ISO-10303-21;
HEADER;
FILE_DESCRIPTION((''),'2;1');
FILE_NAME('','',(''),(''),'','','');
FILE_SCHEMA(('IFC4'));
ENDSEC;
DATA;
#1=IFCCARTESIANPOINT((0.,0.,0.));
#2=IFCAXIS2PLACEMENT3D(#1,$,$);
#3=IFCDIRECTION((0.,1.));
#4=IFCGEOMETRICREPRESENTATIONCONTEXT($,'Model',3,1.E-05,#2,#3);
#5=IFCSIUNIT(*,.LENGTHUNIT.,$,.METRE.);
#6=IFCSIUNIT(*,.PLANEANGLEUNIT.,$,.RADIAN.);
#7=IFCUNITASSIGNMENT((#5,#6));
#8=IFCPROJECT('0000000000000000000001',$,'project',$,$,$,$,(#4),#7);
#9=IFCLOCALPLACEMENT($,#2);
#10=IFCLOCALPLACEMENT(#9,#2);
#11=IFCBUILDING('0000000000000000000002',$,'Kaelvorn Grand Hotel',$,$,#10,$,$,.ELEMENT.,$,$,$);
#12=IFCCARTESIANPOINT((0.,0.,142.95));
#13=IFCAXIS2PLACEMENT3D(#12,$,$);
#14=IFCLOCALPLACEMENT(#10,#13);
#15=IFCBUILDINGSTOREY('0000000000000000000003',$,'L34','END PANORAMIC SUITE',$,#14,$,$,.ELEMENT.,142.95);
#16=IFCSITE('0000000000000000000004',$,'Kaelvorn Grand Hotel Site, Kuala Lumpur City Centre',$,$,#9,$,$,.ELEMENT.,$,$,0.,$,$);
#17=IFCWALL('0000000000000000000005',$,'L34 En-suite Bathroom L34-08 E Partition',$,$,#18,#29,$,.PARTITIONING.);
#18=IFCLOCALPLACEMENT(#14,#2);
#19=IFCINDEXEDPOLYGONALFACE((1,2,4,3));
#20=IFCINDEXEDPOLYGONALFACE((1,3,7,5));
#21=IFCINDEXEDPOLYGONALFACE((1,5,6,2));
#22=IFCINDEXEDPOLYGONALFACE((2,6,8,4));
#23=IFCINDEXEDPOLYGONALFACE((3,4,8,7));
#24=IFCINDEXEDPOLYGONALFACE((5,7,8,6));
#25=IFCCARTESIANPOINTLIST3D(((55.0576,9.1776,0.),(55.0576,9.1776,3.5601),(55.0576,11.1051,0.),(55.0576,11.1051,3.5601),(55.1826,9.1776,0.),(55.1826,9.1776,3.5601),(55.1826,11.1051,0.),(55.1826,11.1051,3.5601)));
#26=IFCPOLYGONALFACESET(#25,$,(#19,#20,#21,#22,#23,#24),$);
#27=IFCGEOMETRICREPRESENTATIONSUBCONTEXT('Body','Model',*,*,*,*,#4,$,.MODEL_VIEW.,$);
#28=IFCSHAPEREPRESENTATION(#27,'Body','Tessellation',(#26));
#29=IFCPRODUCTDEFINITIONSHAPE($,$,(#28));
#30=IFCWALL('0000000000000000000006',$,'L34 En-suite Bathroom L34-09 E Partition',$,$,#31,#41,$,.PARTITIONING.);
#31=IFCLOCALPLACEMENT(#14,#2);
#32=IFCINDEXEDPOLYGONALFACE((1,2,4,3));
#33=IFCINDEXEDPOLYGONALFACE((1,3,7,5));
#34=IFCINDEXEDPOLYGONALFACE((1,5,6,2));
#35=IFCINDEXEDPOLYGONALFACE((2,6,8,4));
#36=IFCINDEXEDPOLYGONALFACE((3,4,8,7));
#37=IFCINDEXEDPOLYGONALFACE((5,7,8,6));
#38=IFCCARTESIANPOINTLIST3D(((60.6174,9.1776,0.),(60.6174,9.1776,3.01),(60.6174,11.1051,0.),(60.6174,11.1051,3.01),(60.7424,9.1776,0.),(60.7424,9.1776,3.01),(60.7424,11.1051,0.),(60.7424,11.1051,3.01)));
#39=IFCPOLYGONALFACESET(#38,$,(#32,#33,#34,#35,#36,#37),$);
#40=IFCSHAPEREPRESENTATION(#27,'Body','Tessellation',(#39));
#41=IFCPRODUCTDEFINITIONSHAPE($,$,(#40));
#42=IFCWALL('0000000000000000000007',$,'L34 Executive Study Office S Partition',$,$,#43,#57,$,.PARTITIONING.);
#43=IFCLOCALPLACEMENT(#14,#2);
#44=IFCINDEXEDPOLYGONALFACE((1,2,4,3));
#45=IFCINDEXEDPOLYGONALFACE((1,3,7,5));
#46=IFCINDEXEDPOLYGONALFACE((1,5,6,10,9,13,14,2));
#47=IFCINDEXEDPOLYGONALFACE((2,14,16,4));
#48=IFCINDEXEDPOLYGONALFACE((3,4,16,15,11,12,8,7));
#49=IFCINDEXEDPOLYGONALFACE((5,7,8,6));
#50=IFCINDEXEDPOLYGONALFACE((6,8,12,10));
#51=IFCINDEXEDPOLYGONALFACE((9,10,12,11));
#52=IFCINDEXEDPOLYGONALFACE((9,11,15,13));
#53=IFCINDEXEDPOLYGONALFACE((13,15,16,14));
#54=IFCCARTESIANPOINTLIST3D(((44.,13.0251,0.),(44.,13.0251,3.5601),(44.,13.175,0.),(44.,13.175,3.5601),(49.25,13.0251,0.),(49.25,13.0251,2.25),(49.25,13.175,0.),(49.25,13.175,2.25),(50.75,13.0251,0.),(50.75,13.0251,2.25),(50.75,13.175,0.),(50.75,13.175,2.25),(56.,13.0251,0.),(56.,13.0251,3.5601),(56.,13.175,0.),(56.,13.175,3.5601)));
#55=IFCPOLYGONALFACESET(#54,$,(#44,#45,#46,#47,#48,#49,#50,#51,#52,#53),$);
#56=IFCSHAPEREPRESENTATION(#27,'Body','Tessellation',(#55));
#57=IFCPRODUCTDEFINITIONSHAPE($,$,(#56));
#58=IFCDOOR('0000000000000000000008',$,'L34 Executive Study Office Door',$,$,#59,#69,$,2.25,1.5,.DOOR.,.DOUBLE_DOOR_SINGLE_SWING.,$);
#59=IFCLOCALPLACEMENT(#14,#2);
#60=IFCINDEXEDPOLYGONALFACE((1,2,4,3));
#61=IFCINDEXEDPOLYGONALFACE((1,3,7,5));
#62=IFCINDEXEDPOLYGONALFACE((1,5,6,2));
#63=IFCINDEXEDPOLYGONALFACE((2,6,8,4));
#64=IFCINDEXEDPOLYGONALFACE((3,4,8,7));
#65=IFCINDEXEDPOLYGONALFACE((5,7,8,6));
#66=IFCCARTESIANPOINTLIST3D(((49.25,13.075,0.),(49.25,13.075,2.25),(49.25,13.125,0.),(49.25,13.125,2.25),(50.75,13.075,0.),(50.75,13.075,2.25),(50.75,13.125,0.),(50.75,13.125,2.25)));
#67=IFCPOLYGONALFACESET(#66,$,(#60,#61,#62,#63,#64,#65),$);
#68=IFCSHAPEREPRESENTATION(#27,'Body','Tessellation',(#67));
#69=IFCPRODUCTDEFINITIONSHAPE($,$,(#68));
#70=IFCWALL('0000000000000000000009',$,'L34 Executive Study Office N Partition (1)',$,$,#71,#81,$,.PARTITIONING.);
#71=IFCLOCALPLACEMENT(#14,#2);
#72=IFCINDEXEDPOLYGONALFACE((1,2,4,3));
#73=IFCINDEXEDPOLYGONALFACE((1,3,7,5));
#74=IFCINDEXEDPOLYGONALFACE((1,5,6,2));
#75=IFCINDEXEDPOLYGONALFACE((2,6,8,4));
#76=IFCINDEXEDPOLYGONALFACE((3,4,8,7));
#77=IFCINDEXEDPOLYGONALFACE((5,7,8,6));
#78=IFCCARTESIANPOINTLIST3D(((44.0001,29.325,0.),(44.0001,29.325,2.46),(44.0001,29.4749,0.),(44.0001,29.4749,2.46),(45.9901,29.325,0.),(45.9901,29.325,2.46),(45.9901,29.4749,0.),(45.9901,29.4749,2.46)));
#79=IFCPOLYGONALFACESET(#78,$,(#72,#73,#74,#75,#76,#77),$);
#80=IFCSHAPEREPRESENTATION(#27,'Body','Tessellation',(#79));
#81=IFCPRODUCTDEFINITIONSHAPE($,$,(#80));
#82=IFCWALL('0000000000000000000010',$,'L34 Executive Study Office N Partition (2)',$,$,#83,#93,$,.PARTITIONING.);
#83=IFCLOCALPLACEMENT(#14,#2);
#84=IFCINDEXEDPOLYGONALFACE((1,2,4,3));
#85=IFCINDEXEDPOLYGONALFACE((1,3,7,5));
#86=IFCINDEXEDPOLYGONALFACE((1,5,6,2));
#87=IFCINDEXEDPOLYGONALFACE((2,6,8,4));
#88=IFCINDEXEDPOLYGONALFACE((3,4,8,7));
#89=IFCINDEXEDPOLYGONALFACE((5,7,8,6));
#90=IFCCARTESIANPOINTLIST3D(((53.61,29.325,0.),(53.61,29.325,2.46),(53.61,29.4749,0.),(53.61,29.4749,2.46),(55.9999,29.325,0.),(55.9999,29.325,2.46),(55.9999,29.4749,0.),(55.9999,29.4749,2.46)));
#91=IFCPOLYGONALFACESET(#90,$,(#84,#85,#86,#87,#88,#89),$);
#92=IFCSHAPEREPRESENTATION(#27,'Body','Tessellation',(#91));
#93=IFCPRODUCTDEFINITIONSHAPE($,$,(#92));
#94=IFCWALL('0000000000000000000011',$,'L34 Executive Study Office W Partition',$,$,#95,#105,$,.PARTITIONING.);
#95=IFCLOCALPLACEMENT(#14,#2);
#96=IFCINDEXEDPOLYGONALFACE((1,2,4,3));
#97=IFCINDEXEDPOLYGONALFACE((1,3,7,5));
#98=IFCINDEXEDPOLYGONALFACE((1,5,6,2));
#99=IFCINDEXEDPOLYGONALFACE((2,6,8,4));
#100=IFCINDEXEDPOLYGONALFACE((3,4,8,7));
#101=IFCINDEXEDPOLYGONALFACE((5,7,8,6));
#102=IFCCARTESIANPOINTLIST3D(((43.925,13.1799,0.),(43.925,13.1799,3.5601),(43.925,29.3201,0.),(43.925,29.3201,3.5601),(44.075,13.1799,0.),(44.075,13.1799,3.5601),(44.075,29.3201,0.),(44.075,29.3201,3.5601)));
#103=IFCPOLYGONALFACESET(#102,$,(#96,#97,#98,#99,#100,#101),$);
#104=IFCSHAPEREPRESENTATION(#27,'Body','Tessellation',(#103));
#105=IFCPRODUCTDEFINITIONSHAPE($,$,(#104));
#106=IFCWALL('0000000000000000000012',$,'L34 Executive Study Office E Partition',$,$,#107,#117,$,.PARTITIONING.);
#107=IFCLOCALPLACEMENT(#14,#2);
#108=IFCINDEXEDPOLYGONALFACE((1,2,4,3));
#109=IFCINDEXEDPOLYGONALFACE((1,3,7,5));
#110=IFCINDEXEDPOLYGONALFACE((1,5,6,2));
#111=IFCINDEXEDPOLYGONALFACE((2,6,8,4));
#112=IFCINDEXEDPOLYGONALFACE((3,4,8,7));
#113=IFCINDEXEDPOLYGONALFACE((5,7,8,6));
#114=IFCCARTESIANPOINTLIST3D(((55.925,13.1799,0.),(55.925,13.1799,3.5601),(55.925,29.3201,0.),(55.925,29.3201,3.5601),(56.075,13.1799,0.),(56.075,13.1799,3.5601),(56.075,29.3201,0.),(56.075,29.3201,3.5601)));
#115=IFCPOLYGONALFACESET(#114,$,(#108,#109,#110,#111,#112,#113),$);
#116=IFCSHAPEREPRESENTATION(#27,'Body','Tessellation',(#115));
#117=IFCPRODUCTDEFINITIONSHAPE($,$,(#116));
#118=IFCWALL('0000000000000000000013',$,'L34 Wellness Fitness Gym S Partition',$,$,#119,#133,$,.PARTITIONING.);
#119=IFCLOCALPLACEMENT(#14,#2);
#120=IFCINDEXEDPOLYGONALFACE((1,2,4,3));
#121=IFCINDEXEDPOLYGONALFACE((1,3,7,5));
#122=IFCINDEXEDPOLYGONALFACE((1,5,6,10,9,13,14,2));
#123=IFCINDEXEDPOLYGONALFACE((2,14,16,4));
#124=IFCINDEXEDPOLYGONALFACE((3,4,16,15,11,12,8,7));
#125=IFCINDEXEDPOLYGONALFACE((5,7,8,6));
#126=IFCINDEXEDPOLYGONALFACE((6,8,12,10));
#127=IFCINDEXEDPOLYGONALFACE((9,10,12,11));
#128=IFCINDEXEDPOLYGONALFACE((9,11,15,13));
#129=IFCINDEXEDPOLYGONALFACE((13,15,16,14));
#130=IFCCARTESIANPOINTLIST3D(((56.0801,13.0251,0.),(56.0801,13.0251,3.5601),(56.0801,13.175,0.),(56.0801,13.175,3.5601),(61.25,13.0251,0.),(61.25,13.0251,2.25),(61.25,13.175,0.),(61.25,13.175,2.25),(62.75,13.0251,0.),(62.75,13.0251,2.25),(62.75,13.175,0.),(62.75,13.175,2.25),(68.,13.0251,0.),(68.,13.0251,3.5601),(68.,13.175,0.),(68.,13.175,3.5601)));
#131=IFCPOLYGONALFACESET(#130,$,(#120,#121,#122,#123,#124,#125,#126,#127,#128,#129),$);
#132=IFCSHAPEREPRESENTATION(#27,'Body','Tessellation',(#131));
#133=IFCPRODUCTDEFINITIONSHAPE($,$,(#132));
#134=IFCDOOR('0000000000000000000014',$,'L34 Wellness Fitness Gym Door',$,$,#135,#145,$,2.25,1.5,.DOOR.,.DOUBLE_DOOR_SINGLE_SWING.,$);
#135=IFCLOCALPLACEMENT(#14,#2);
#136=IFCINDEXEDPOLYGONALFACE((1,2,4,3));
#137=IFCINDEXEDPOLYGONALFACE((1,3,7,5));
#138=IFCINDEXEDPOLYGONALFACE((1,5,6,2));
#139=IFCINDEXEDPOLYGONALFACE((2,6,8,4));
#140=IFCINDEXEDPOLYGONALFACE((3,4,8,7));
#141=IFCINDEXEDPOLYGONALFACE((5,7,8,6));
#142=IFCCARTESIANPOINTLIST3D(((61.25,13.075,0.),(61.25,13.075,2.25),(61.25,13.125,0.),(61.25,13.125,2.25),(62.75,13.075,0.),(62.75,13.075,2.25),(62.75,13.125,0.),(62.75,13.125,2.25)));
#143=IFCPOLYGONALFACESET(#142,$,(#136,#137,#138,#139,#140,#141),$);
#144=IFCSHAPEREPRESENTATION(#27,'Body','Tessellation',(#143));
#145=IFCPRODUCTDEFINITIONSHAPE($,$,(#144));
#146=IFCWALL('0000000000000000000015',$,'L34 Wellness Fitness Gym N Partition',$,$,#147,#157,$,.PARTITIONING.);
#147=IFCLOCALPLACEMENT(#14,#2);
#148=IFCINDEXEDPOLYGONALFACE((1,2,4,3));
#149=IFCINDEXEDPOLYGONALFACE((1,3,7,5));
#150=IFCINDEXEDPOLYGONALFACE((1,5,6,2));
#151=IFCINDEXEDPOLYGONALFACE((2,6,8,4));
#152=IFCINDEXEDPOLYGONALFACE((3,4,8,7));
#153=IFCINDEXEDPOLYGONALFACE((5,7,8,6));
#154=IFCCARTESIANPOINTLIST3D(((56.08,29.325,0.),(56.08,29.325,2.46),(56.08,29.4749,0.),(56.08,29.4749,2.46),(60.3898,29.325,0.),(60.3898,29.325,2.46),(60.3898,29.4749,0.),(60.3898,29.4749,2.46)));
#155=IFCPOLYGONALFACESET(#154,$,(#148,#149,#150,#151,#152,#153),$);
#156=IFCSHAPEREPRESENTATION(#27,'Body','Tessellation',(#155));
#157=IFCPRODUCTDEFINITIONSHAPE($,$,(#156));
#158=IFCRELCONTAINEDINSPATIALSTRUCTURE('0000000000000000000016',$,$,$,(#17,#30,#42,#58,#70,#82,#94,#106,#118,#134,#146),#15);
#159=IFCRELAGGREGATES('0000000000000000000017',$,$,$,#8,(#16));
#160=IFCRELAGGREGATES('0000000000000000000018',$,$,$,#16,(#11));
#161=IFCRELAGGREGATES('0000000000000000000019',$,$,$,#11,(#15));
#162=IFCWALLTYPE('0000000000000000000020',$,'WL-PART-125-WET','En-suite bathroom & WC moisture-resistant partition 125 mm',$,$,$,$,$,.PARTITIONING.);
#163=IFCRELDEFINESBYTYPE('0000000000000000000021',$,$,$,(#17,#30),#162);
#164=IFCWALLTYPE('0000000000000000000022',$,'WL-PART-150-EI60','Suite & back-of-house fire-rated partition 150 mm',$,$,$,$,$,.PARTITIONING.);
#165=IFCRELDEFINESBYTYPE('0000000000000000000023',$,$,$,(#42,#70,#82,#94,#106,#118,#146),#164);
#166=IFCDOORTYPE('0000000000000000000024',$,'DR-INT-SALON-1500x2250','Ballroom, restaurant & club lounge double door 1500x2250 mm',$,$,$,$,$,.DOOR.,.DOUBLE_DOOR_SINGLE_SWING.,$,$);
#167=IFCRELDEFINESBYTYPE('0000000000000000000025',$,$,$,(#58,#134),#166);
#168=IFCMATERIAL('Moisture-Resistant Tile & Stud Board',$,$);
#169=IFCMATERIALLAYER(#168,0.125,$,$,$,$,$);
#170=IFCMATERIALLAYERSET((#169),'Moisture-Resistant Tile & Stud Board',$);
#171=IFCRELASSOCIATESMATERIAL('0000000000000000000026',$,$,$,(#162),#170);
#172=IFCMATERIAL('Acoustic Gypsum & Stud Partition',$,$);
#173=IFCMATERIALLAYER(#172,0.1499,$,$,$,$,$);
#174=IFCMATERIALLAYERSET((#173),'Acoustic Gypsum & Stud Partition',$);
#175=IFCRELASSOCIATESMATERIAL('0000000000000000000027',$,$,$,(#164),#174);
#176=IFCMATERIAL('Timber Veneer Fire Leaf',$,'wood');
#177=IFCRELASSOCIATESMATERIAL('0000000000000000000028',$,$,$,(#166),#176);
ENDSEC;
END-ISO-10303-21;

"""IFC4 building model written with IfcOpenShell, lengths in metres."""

from ifc_helpers import new_model, si_unit, direction, frame, frame_2d, origin, place, context, subcontext, project, spatial, rectangle, extrude, material, layer, layer_set, type_object, element, fill, save


model = new_model("IFC4")

# Units and contexts
model_context = context("Model", 3, precision=1e-05, world=origin(), true_north=direction((0.0, 1.0)))
body_context = subcontext(model_context, "Body", "Model", "MODEL_VIEW")
ifc_project = project(units=[si_unit("LENGTHUNIT", "METRE"), si_unit("PLANEANGLEUNIT", "RADIAN")], contexts=[model_context])

# Site, building, storey
site_placement = place(None, origin())
site = spatial("IfcSite", under=ifc_project, at=site_placement, Name="Kaelvorn Grand Hotel Site, Kuala Lumpur City Centre", CompositionType="ELEMENT", RefElevation=0.0)
building_placement = place(site_placement, origin())
building = spatial("IfcBuilding", under=site, at=building_placement, Name="Kaelvorn Grand Hotel", CompositionType="ELEMENT")
storey_placement = place(building_placement, frame((0.0, 0.0, 142.95)))
storey = spatial("IfcBuildingStorey", under=building, at=storey_placement, Name="L34", Description="END PANORAMIC SUITE", CompositionType="ELEMENT", Elevation=142.95)

# Walls
ifc_material_1 = material(Name="Moisture-Resistant Tile & Stud Board")
ifc_layer_1 = layer(ifc_material_1, 0.125)
ifc_layer_set_1 = layer_set([ifc_layer_1], Name="Moisture-Resistant Tile & Stud Board")
wall_type_1 = type_object("IfcWallType", Name="WL-PART-125-WET", Description="En-suite bathroom & WC moisture-resistant partition 125 mm", PredefinedType="PARTITIONING", material=ifc_layer_set_1)
wall_1_placement = place(storey_placement, frame((55.1201, 9.1775, 0.0), z_axis=(0.0, 0.0, 1.0), x_axis=(0.0, 1.0, 0.0)))
element("IfcWall", 1, at=wall_1_placement, inside=storey, type_object=wall_type_1, Name="L34 En-suite Bathroom L34-08 E Partition", PredefinedType="PARTITIONING", context=body_context, shape_type="SweptSolid", body=[
    extrude(rectangle(XDim=1.9275, YDim=0.125, at=frame_2d((0.9639, 0.0))), origin(), (0.0, 0.0, 1.0), 3.5601),
])
wall_2_placement = place(storey_placement, frame((60.6799, 9.1775, 0.0), z_axis=(0.0, 0.0, 1.0), x_axis=(0.0, 1.0, 0.0)))
element("IfcWall", 2, at=wall_2_placement, inside=storey, type_object=wall_type_1, Name="L34 En-suite Bathroom L34-09 E Partition", PredefinedType="PARTITIONING", context=body_context, shape_type="SweptSolid", body=[
    extrude(rectangle(XDim=1.9275, YDim=0.125, at=frame_2d((0.9639, 0.0))), origin(), (0.0, 0.0, 1.0), 3.01),
])

# Wall, opening, door
ifc_material_2 = material(Name="Acoustic Gypsum & Stud Partition")
ifc_layer_2 = layer(ifc_material_2, 0.1499)
ifc_layer_set_2 = layer_set([ifc_layer_2], Name="Acoustic Gypsum & Stud Partition")
wall_type_2 = type_object("IfcWallType", Name="WL-PART-150-EI60", Description="Suite & back-of-house fire-rated partition 150 mm", PredefinedType="PARTITIONING", material=ifc_layer_set_2)
wall_3_placement = place(storey_placement, frame((44.0, 13.1001, 0.0), z_axis=(0.0, 0.0, 1.0), x_axis=(1.0, 0.0, 0.0)))
wall_3 = element("IfcWall", 3, at=wall_3_placement, inside=storey, type_object=wall_type_2, Name="L34 Executive Study Office S Partition", PredefinedType="PARTITIONING", context=body_context, shape_type="SweptSolid", body=[
    extrude(rectangle(XDim=12.0, YDim=0.1499, at=frame_2d((6.0, 0.0))), origin(), (0.0, 0.0, 1.0), 3.5601),
])
opening_1_placement = place(wall_3_placement, frame((5.25, 0.0, 0.0)))
opening_1 = element("IfcOpeningElement", 4, at=opening_1_placement, cuts=wall_3, PredefinedType="OPENING", context=body_context, shape_type="SweptSolid", body=[
    extrude(rectangle(XDim=1.5, YDim=2.25, at=frame_2d((0.75, 1.125))), frame((0.0, 0.085, 0.0), z_axis=(0.0, -1.0, 0.0), x_axis=(1.0, 0.0, 0.0)), (0.0, 0.0, 1.0), 0.1699),
])
ifc_material_3 = material(Name="Timber Veneer Fire Leaf", Category="wood")
door_type_1 = type_object("IfcDoorType", Name="DR-INT-SALON-1500x2250", Description="Ballroom, restaurant & club lounge double door 1500x2250 mm", OperationType="DOUBLE_DOOR_SINGLE_SWING", PredefinedType="DOOR", material=ifc_material_3)
door_1_placement = place(opening_1_placement, origin())
door_1 = element("IfcDoor", 5, at=door_1_placement, inside=storey, type_object=door_type_1, Name="L34 Executive Study Office Door", OperationType="DOUBLE_DOOR_SINGLE_SWING", OverallHeight=2.25, OverallWidth=1.5, PredefinedType="DOOR", context=body_context, shape_type="SweptSolid", body=[
    extrude(rectangle(XDim=1.5, YDim=2.25, at=frame_2d((0.75, 1.125))), frame((0.0, 0.0249, 0.0), z_axis=(0.0, -1.0, 0.0), x_axis=(1.0, 0.0, 0.0)), (0.0, 0.0, 1.0), 0.05),
])
fill(opening_1, door_1)

# Walls
wall_4_placement = place(storey_placement, frame((44.0, 29.3999, 0.0), z_axis=(0.0, 0.0, 1.0), x_axis=(1.0, 0.0, 0.0)))
element("IfcWall", 6, at=wall_4_placement, inside=storey, type_object=wall_type_2, Name="L34 Executive Study Office N Partition (1)", PredefinedType="PARTITIONING", context=body_context, shape_type="SweptSolid", body=[
    extrude(rectangle(XDim=1.99, YDim=0.1499, at=frame_2d((0.9951, 0.0))), origin(), (0.0, 0.0, 1.0), 2.46),
])
wall_5_placement = place(storey_placement, frame((53.6101, 29.3999, 0.0), z_axis=(0.0, 0.0, 1.0), x_axis=(1.0, 0.0, 0.0)))
element("IfcWall", 7, at=wall_5_placement, inside=storey, type_object=wall_type_2, Name="L34 Executive Study Office N Partition (2)", PredefinedType="PARTITIONING", context=body_context, shape_type="SweptSolid", body=[
    extrude(rectangle(XDim=2.3899, YDim=0.1499, at=frame_2d((1.1948, 0.0))), origin(), (0.0, 0.0, 1.0), 2.46),
])
for number, where, z_axis, x_axis, name in (
    (8, (44.0, 13.1799, 0.0), (0.0, 0.0, 1.0), (0.0, 1.0, 0.0), "L34 Executive Study Office W Partition"),
    (9, (56.0, 13.1799, 0.0), (0.0, 0.0, 1.0), (0.0, 1.0, 0.0), "L34 Executive Study Office E Partition"),
):
    element("IfcWall", number, at=place(storey_placement, frame(where, z_axis=z_axis, x_axis=x_axis)), inside=storey, type_object=wall_type_2, Name=name, PredefinedType="PARTITIONING", context=body_context, shape_type="SweptSolid", body=[
        extrude(rectangle(XDim=16.1401, YDim=0.1499, at=frame_2d((8.0701, 0.0))), origin(), (0.0, 0.0, 1.0), 3.5601),
    ])

# Wall, opening, door
wall_6_placement = place(storey_placement, frame((56.0801, 13.1001, 0.0), z_axis=(0.0, 0.0, 1.0), x_axis=(1.0, 0.0, 0.0)))
wall_6 = element("IfcWall", 10, at=wall_6_placement, inside=storey, type_object=wall_type_2, Name="L34 Wellness Fitness Gym S Partition", PredefinedType="PARTITIONING", context=body_context, shape_type="SweptSolid", body=[
    extrude(rectangle(XDim=11.9199, YDim=0.1499, at=frame_2d((5.96, 0.0))), origin(), (0.0, 0.0, 1.0), 3.5601),
])
opening_2_placement = place(wall_6_placement, frame((5.1699, 0.0, 0.0)))
opening_2 = element("IfcOpeningElement", 11, at=opening_2_placement, cuts=wall_6, PredefinedType="OPENING", context=body_context, shape_type="SweptSolid", body=[
    extrude(rectangle(XDim=1.5, YDim=2.25, at=frame_2d((0.75, 1.125))), frame((0.0, 0.085, 0.0), z_axis=(0.0, -1.0, 0.0), x_axis=(1.0, 0.0, 0.0)), (0.0, 0.0, 1.0), 0.1699),
])
door_2_placement = place(opening_2_placement, origin())
door_2 = element("IfcDoor", 12, at=door_2_placement, inside=storey, type_object=door_type_1, Name="L34 Wellness Fitness Gym Door", OperationType="DOUBLE_DOOR_SINGLE_SWING", OverallHeight=2.25, OverallWidth=1.5, PredefinedType="DOOR", context=body_context, shape_type="SweptSolid", body=[
    extrude(rectangle(XDim=1.5, YDim=2.25, at=frame_2d((0.75, 1.125))), frame((0.0, 0.0249, 0.0), z_axis=(0.0, -1.0, 0.0), x_axis=(1.0, 0.0, 0.0)), (0.0, 0.0, 1.0), 0.05),
])
fill(opening_2, door_2)

# Wall
wall_7_placement = place(storey_placement, frame((56.0801, 29.3999, 0.0), z_axis=(0.0, 0.0, 1.0), x_axis=(1.0, 0.0, 0.0)))
element("IfcWall", 13, at=wall_7_placement, inside=storey, type_object=wall_type_2, Name="L34 Wellness Fitness Gym N Partition", PredefinedType="PARTITIONING", context=body_context, shape_type="SweptSolid", body=[
    extrude(rectangle(XDim=4.3098, YDim=0.1499, at=frame_2d((2.1548, 0.0))), origin(), (0.0, 0.0, 1.0), 2.46),
])

save(model, "model.ifc")
